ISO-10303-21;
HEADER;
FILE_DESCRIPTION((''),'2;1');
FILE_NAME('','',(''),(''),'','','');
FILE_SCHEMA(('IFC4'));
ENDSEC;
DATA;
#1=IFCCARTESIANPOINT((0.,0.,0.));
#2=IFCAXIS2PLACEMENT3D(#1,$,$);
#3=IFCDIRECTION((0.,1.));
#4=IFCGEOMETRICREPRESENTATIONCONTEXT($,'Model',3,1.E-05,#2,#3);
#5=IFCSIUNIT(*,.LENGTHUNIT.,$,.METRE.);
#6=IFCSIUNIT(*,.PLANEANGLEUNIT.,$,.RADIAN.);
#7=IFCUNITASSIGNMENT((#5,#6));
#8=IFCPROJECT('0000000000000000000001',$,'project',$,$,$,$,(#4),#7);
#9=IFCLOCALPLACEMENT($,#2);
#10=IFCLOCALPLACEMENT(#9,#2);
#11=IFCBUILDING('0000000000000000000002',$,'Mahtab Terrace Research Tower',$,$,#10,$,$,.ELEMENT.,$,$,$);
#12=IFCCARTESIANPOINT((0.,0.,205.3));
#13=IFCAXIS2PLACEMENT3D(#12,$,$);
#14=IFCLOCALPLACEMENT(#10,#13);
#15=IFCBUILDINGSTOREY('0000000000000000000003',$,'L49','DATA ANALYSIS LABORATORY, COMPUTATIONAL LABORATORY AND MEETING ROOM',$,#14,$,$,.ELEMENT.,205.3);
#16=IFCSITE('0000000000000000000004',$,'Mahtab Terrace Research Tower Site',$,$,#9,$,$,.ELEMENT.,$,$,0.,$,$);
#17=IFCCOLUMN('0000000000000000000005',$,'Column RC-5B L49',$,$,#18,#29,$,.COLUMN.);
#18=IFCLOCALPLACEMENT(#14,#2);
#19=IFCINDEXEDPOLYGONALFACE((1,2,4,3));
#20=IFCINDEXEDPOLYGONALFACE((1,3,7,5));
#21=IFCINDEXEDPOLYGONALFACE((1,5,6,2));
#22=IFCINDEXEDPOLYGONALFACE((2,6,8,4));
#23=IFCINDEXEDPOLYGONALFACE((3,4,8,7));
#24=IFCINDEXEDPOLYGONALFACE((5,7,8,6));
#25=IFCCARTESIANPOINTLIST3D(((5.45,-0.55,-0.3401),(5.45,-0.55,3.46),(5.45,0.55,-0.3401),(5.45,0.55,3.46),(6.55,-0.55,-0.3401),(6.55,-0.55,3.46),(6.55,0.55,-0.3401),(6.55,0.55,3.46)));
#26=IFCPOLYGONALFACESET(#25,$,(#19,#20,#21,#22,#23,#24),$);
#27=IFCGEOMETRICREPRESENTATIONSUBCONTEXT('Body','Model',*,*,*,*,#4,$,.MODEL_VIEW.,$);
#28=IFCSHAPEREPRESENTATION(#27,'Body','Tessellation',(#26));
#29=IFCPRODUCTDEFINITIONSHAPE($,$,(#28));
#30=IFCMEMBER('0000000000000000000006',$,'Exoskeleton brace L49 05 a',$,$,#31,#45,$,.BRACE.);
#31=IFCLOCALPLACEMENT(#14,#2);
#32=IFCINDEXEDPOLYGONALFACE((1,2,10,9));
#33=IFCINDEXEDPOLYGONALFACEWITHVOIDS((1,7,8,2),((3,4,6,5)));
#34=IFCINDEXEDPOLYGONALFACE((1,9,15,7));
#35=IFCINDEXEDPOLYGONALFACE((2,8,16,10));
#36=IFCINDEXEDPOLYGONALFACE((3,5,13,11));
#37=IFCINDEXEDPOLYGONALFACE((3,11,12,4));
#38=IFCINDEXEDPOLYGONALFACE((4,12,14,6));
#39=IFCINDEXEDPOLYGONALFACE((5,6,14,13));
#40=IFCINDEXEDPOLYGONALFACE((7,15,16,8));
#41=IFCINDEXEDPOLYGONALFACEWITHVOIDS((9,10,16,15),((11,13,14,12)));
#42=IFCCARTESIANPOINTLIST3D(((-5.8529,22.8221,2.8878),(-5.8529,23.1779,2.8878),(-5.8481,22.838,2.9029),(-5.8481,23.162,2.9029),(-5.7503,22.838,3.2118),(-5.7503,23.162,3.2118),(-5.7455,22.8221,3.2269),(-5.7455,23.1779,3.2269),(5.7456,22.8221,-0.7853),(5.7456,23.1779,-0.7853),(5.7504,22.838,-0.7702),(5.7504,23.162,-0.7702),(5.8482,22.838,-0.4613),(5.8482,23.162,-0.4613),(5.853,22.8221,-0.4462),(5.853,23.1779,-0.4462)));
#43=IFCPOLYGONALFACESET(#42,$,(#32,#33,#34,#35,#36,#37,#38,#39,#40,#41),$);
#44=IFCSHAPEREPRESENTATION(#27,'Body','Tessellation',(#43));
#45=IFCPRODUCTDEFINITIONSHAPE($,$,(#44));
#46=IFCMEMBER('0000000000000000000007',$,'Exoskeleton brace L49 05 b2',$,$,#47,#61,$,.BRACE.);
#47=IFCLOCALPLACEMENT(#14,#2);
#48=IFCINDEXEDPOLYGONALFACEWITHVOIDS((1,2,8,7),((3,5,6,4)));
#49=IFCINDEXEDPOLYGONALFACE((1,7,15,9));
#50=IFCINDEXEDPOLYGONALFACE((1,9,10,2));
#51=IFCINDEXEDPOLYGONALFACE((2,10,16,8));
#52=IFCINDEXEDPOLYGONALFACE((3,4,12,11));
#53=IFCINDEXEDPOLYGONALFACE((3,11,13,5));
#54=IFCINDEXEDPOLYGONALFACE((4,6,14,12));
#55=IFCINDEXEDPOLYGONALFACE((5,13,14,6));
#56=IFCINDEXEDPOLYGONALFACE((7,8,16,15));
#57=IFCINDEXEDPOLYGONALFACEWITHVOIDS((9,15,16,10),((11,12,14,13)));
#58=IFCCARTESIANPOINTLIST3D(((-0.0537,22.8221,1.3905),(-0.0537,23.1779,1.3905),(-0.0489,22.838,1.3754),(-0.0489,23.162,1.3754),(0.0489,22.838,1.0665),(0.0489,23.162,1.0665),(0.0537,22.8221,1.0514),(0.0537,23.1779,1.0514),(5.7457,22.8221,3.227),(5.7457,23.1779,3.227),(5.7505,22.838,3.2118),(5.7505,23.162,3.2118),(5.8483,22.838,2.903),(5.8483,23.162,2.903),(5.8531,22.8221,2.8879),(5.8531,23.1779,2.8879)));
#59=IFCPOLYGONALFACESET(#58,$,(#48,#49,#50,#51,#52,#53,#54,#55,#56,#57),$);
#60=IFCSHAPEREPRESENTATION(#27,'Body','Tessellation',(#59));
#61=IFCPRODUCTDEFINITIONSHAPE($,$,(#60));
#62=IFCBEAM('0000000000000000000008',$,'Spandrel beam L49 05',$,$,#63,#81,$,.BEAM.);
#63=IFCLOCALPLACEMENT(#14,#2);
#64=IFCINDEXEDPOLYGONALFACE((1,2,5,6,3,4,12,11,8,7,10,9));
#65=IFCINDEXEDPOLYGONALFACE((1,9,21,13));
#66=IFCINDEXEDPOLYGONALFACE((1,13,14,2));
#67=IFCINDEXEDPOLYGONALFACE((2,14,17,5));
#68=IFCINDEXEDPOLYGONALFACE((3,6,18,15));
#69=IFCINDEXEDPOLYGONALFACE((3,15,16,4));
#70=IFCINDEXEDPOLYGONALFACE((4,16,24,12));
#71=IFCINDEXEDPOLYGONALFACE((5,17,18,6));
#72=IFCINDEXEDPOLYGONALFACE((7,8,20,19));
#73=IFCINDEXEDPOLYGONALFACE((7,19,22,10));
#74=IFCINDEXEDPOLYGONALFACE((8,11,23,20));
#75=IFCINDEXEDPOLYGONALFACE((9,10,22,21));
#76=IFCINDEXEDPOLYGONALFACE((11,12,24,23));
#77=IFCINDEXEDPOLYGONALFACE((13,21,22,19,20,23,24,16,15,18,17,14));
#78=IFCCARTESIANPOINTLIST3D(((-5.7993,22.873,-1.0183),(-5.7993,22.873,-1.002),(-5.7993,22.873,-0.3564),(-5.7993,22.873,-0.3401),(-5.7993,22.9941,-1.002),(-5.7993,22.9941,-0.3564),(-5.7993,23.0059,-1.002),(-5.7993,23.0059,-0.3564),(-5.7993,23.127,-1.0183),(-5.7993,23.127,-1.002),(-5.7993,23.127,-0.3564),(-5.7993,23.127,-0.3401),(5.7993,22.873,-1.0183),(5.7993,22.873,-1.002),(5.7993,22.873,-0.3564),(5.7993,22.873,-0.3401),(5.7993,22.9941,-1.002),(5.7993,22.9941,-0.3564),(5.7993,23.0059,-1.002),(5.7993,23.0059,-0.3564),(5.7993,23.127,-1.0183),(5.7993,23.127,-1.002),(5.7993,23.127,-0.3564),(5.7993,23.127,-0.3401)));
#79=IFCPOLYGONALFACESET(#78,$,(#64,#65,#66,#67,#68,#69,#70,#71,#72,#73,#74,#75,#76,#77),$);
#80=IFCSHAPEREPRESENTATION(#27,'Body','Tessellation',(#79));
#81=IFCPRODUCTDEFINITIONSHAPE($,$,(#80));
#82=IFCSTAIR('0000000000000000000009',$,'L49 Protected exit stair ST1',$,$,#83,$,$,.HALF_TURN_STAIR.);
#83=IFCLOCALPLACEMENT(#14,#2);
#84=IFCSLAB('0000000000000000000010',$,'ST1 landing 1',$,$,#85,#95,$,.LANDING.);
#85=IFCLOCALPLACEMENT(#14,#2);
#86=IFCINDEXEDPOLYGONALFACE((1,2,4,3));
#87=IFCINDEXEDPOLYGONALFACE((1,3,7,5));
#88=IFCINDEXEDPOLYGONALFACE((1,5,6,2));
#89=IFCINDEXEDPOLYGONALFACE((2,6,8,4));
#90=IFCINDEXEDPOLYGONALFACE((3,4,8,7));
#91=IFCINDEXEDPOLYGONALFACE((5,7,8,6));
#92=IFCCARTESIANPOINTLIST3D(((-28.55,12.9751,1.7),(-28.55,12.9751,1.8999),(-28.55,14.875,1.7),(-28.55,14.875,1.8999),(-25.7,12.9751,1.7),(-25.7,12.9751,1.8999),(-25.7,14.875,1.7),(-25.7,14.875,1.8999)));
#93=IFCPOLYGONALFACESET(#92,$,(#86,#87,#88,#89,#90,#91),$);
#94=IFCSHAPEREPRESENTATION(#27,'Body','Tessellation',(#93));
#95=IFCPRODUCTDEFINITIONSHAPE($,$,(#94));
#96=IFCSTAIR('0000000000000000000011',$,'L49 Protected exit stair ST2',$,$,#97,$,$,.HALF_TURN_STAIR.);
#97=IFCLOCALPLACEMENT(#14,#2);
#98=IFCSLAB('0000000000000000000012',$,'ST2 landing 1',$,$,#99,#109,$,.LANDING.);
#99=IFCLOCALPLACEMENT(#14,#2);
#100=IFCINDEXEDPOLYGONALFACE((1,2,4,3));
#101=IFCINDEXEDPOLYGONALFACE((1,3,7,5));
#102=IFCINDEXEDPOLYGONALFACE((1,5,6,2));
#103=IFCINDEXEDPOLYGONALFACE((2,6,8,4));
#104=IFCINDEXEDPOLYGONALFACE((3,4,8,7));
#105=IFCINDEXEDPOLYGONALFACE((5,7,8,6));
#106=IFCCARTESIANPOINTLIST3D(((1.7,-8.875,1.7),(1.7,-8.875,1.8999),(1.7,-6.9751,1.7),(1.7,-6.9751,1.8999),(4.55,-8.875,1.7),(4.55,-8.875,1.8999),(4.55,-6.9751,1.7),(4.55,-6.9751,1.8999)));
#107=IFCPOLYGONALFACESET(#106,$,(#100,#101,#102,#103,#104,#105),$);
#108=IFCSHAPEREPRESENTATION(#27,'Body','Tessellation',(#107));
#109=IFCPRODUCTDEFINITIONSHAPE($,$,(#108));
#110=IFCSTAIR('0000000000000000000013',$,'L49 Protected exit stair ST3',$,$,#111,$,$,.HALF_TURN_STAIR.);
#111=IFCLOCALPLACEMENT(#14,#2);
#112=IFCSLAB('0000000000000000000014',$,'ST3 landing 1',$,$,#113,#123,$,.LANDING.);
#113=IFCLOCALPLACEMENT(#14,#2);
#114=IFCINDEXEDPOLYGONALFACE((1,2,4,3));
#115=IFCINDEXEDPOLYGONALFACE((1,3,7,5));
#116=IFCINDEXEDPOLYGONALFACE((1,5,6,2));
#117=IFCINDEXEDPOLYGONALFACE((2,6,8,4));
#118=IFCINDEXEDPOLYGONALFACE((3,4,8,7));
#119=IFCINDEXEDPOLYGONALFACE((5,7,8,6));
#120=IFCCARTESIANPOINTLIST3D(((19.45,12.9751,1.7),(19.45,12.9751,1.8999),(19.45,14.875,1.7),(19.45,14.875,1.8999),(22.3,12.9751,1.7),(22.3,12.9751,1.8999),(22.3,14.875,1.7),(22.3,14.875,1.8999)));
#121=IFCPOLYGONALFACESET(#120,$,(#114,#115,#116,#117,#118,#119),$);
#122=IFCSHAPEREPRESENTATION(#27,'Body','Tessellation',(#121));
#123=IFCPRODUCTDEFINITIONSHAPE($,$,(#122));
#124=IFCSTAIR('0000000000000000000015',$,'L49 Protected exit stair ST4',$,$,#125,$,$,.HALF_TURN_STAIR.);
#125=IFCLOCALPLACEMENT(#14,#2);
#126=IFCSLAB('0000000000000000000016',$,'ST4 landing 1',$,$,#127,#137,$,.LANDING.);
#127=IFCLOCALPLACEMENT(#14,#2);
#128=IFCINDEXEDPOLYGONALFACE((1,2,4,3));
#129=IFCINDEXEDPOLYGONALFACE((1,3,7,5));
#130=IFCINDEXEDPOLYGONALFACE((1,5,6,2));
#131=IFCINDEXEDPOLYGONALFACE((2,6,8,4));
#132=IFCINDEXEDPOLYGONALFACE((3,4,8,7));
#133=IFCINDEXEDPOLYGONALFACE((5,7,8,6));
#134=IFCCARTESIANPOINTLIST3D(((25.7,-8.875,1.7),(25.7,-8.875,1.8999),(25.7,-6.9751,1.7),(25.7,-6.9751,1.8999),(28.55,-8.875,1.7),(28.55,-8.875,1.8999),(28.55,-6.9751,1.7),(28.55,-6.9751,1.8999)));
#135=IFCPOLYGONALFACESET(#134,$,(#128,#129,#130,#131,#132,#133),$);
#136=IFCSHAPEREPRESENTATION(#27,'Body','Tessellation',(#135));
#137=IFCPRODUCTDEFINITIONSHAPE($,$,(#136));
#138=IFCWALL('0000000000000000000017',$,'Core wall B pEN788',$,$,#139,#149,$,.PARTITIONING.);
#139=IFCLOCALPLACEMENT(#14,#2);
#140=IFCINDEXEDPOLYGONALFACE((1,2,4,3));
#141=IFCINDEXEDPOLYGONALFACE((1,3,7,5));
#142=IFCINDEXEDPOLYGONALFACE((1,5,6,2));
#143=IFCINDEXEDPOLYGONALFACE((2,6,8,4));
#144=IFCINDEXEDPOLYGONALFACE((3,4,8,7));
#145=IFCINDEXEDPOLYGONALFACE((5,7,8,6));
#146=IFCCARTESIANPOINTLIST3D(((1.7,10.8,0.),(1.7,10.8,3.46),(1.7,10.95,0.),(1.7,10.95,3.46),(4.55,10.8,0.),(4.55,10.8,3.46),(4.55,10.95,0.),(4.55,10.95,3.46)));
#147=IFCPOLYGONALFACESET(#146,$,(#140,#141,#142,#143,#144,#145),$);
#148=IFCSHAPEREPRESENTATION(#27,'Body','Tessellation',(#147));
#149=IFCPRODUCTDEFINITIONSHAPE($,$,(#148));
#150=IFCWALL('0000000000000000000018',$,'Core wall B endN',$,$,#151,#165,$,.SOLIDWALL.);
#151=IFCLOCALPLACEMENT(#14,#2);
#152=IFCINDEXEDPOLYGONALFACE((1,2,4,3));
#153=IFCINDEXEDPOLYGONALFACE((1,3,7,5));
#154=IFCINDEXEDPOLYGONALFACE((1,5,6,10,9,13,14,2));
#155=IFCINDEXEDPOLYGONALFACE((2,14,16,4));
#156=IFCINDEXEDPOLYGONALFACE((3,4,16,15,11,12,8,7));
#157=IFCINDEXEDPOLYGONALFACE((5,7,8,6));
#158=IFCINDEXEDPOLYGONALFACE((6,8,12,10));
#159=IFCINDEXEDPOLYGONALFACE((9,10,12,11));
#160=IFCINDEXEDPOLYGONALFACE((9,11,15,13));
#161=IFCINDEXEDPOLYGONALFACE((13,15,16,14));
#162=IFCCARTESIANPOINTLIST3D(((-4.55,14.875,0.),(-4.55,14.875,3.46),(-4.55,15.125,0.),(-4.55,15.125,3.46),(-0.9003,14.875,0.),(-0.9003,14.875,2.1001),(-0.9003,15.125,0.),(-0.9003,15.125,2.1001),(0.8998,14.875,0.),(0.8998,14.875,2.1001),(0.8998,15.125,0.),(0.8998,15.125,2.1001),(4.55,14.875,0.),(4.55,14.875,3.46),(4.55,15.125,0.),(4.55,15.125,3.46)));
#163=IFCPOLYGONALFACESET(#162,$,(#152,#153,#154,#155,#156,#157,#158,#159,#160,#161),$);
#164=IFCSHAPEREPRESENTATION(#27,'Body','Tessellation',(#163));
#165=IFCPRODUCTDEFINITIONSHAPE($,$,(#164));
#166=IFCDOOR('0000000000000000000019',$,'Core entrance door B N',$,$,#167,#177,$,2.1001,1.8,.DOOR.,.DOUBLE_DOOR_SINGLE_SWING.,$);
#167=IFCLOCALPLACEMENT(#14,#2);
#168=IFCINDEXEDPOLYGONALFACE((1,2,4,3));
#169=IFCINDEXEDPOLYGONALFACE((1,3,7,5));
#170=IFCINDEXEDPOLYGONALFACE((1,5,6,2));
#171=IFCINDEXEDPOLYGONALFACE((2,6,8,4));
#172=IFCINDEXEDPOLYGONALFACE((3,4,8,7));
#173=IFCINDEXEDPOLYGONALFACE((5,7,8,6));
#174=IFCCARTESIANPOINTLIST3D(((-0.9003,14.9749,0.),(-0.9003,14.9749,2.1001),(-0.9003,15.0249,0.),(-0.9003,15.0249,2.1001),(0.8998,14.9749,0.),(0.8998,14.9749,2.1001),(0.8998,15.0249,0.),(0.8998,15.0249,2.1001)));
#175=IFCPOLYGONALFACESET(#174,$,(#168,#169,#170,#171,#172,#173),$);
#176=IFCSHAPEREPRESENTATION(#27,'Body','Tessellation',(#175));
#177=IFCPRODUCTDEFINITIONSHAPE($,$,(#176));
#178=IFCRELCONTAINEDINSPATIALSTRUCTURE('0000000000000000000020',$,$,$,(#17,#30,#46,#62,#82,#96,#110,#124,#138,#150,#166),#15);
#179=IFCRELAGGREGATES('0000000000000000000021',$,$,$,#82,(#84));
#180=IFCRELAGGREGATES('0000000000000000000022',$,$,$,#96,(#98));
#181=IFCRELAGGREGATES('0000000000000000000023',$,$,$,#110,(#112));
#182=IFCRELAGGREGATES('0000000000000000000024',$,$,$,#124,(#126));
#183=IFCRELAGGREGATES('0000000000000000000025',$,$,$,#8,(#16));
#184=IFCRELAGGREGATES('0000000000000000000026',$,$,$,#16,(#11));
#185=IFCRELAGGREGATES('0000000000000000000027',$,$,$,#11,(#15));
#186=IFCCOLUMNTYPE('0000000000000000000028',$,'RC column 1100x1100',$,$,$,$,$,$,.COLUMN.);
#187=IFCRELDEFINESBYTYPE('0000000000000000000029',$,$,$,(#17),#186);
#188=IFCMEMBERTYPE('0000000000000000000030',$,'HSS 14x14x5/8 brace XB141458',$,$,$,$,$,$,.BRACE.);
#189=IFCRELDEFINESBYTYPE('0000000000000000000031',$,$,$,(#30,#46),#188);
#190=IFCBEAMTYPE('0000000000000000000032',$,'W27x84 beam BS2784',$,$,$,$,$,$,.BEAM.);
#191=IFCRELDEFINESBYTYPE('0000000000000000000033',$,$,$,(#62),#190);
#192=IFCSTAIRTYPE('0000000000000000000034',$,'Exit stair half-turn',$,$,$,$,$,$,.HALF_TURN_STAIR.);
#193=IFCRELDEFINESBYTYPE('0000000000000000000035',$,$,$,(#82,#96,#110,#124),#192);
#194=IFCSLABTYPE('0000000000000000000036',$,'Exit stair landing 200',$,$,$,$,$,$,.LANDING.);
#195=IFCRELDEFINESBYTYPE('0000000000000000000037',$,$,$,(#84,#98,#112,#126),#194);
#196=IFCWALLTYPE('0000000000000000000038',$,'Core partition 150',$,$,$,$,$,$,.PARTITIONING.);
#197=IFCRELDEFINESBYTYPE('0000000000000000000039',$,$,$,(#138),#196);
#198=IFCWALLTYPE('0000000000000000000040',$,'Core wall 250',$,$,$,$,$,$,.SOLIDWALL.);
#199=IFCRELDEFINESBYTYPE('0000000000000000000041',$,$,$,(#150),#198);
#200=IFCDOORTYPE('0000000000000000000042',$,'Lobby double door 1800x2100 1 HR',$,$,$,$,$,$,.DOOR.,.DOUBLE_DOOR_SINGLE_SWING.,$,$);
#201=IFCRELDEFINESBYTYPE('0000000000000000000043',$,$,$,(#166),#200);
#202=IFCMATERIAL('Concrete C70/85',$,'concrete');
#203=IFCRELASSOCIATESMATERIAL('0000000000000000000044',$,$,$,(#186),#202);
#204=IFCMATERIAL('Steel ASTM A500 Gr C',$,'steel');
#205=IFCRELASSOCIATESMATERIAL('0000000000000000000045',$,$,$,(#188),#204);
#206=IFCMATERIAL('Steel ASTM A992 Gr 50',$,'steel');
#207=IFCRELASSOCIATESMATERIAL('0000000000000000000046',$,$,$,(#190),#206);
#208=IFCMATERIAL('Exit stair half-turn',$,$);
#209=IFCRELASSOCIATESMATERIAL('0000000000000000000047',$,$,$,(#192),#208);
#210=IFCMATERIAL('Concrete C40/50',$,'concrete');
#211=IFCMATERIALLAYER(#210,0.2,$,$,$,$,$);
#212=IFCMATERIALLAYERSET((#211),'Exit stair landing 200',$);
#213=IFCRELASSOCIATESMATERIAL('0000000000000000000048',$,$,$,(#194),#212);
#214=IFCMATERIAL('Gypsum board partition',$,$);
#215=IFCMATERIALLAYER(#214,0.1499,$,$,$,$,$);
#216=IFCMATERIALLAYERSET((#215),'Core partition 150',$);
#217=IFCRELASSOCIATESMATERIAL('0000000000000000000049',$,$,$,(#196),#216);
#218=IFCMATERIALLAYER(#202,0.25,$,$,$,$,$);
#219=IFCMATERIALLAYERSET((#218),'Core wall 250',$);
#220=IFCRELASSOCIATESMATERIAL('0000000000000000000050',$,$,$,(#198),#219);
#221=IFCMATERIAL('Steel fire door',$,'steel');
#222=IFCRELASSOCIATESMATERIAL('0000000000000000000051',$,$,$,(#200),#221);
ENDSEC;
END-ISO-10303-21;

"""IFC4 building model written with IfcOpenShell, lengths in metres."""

from ifc_helpers import new_model, si_unit, direction, frame, frame_2d, origin, origin_2d, place, context, subcontext, project, spatial, polyline, rectangle, hollow_rectangle, i_section, outline, extrude, material, layer, layer_set, material_profile, profile_set, type_object, element, fill, aggregate, save


model = new_model("IFC4")

# Units and contexts
model_context = context("Model", 3, precision=1e-05, world=origin(), true_north=direction((0.0, 1.0)))
body_context = subcontext(model_context, "Body", "Model", "MODEL_VIEW")
ifc_project = project(units=[si_unit("LENGTHUNIT", "METRE"), si_unit("PLANEANGLEUNIT", "RADIAN")], contexts=[model_context])

# Site, building, storey
site_placement = place(None, origin())
site = spatial("IfcSite", under=ifc_project, at=site_placement, Name="Mahtab Terrace Research Tower Site", CompositionType="ELEMENT", RefElevation=0.0)
building_placement = place(site_placement, origin())
building = spatial("IfcBuilding", under=site, at=building_placement, Name="Mahtab Terrace Research Tower", CompositionType="ELEMENT")
storey_placement = place(building_placement, frame((0.0, 0.0, 205.3)))
storey = spatial("IfcBuildingStorey", under=building, at=storey_placement, Name="L49", Description="DATA ANALYSIS LABORATORY, COMPUTATIONAL LABORATORY AND MEETING ROOM", CompositionType="ELEMENT", Elevation=205.3)

# Column
ifc_material_1 = material(Name="Concrete C70/85", Category="concrete")
ifc_material_profile_1 = material_profile(ifc_material_1, rectangle(XDim=1.1001, YDim=1.1001, at=origin_2d()), Name="RC column 1100x1100")
ifc_profile_set_1 = profile_set([ifc_material_profile_1], Name="Concrete C70/85")
column_type = type_object("IfcColumnType", Name="RC column 1100x1100", PredefinedType="COLUMN", material=ifc_profile_set_1)
column_placement = place(storey_placement, frame((6.0, 0.0, -0.3401), z_axis=(0.0, 0.0, 1.0), x_axis=(1.0, 0.0, 0.0)))
element("IfcColumn", 1, at=column_placement, inside=storey, type_object=column_type, Name="Column RC-5B L49", PredefinedType="COLUMN", context=body_context, shape_type="SweptSolid", body=[
    extrude(rectangle(XDim=1.1001, YDim=1.1001, at=origin_2d()), origin(), (0.0, 0.0, 1.0), 3.8),
])

# Members
ifc_material_2 = material(Name="Steel ASTM A500 Gr C", Category="steel")
ifc_material_profile_2 = material_profile(ifc_material_2, hollow_rectangle(XDim=0.3557, YDim=0.3557, WallThickness=0.0159, at=origin_2d()), Name="HSS14X14X5/8")
ifc_profile_set_2 = profile_set([ifc_material_profile_2], Name="Steel ASTM A500 Gr C")
member_type = type_object("IfcMemberType", Name="HSS 14x14x5/8 brace XB141458", PredefinedType="BRACE", material=ifc_profile_set_2)
member_1_placement = place(storey_placement, frame((5.7993, 23.0, -0.6157), z_axis=(-0.953338, 0.0, 0.301906), x_axis=(0.0, -1.0, 0.0)))
element("IfcMember", 2, at=member_1_placement, inside=storey, type_object=member_type, Name="Exoskeleton brace L49 05 a", PredefinedType="BRACE", context=body_context, shape_type="SweptSolid", body=[
    extrude(hollow_rectangle(XDim=0.3557, YDim=0.3557, WallThickness=0.0159, at=origin_2d()), origin(), (0.0, 0.0, 1.0), 12.1663),
])
member_2_placement = place(storey_placement, frame((0.0, 23.0, 1.2209), z_axis=(0.953343, 0.0, 0.301888), x_axis=(0.0, 1.0, 0.0)))
element("IfcMember", 3, at=member_2_placement, inside=storey, type_object=member_type, Name="Exoskeleton brace L49 05 b2", PredefinedType="BRACE", context=body_context, shape_type="SweptSolid", body=[
    extrude(hollow_rectangle(XDim=0.3557, YDim=0.3557, WallThickness=0.0159, at=origin_2d()), origin(), (0.0, 0.0, 1.0), 6.0833),
])

# Beam
ifc_material_3 = material(Name="Steel ASTM A992 Gr 50", Category="steel")
ifc_material_profile_3 = material_profile(ifc_material_3, i_section(OverallWidth=0.2539, OverallDepth=0.6782, WebThickness=0.0117, FlangeThickness=0.0164, at=origin_2d()), Name="W27X84")
ifc_profile_set_3 = profile_set([ifc_material_profile_3], Name="Steel ASTM A992 Gr 50")
beam_type = type_object("IfcBeamType", Name="W27x84 beam BS2784", PredefinedType="BEAM", material=ifc_profile_set_3)
beam_placement = place(storey_placement, frame((5.7993, 23.0, -0.6792), z_axis=(-1.0, 0.0, 0.0), x_axis=(0.0, -1.0, 0.0)))
element("IfcBeam", 4, at=beam_placement, inside=storey, type_object=beam_type, Name="Spandrel beam L49 05", PredefinedType="BEAM", context=body_context, shape_type="SweptSolid", body=[
    extrude(i_section(OverallWidth=0.2539, OverallDepth=0.6782, WebThickness=0.0117, FlangeThickness=0.0164, at=origin_2d()), origin(), (0.0, 0.0, 1.0), 11.5986),
])

# Stairs, slabs
ifc_material_4 = material(Name="Exit stair half-turn")
stair_type = type_object("IfcStairType", Name="Exit stair half-turn", PredefinedType="HALF_TURN_STAIR", material=ifc_material_4)
stair_1_placement = place(storey_placement, origin())
stair_1 = element("IfcStair", 5, at=stair_1_placement, inside=storey, type_object=stair_type, Name="L49 Protected exit stair ST1", PredefinedType="HALF_TURN_STAIR")
ifc_material_5 = material(Name="Concrete C40/50", Category="concrete")
ifc_layer_1 = layer(ifc_material_5, 0.2)
ifc_layer_set_1 = layer_set([ifc_layer_1], Name="Exit stair landing 200")
slab_type = type_object("IfcSlabType", Name="Exit stair landing 200", PredefinedType="LANDING", material=ifc_layer_set_1)
slab_1_placement = place(storey_placement, frame((0.0, 0.0, 1.7)))
slab_1 = element("IfcSlab", 6, at=slab_1_placement, type_object=slab_type, Name="ST1 landing 1", PredefinedType="LANDING", context=body_context, shape_type="SweptSolid", body=[
    extrude(outline(polyline([(-25.7, 12.9751), (-25.7, 14.875), (-28.55, 14.875), (-28.55, 12.9751), (-25.7, 12.9751)])), origin(), (0.0, 0.0, 1.0), 0.2),
])
aggregate(stair_1, [slab_1])
stair_2_placement = place(storey_placement, origin())
stair_2 = element("IfcStair", 7, at=stair_2_placement, inside=storey, type_object=stair_type, Name="L49 Protected exit stair ST2", PredefinedType="HALF_TURN_STAIR")
slab_2_placement = place(storey_placement, frame((0.0, 0.0, 1.7)))
slab_2 = element("IfcSlab", 8, at=slab_2_placement, type_object=slab_type, Name="ST2 landing 1", PredefinedType="LANDING", context=body_context, shape_type="SweptSolid", body=[
    extrude(outline(polyline([(1.7, -6.9751), (1.7, -8.875), (4.55, -8.875), (4.55, -6.9751), (1.7, -6.9751)])), origin(), (0.0, 0.0, 1.0), 0.2),
])
aggregate(stair_2, [slab_2])
stair_3_placement = place(storey_placement, origin())
stair_3 = element("IfcStair", 9, at=stair_3_placement, inside=storey, type_object=stair_type, Name="L49 Protected exit stair ST3", PredefinedType="HALF_TURN_STAIR")
slab_3_placement = place(storey_placement, frame((0.0, 0.0, 1.7)))
slab_3 = element("IfcSlab", 10, at=slab_3_placement, type_object=slab_type, Name="ST3 landing 1", PredefinedType="LANDING", context=body_context, shape_type="SweptSolid", body=[
    extrude(outline(polyline([(22.3, 12.9751), (22.3, 14.875), (19.45, 14.875), (19.45, 12.9751), (22.3, 12.9751)])), origin(), (0.0, 0.0, 1.0), 0.2),
])
aggregate(stair_3, [slab_3])
stair_4_placement = place(storey_placement, origin())
stair_4 = element("IfcStair", 11, at=stair_4_placement, inside=storey, type_object=stair_type, Name="L49 Protected exit stair ST4", PredefinedType="HALF_TURN_STAIR")
slab_4_placement = place(storey_placement, frame((0.0, 0.0, 1.7)))
slab_4 = element("IfcSlab", 12, at=slab_4_placement, type_object=slab_type, Name="ST4 landing 1", PredefinedType="LANDING", context=body_context, shape_type="SweptSolid", body=[
    extrude(outline(polyline([(25.7, -6.9751), (25.7, -8.875), (28.55, -8.875), (28.55, -6.9751), (25.7, -6.9751)])), origin(), (0.0, 0.0, 1.0), 0.2),
])
aggregate(stair_4, [slab_4])

# Wall
ifc_material_6 = material(Name="Gypsum board partition")
ifc_layer_2 = layer(ifc_material_6, 0.1499)
ifc_layer_set_2 = layer_set([ifc_layer_2], Name="Core partition 150")
wall_type_1 = type_object("IfcWallType", Name="Core partition 150", PredefinedType="PARTITIONING", material=ifc_layer_set_2)
wall_1_placement = place(storey_placement, frame((1.7, 10.875, 0.0), z_axis=(0.0, 0.0, 1.0), x_axis=(1.0, 0.0, 0.0)))
element("IfcWall", 13, at=wall_1_placement, inside=storey, type_object=wall_type_1, Name="Core wall B pEN788", PredefinedType="PARTITIONING", context=body_context, shape_type="SweptSolid", body=[
    extrude(rectangle(XDim=2.8501, YDim=0.1499, at=frame_2d((1.425, 0.0))), origin(), (0.0, 0.0, 1.0), 3.46),
])

# Wall, opening, door
ifc_layer_3 = layer(ifc_material_1, 0.25)
ifc_layer_set_3 = layer_set([ifc_layer_3], Name="Core wall 250")
wall_type_2 = type_object("IfcWallType", Name="Core wall 250", PredefinedType="SOLIDWALL", material=ifc_layer_set_3)
wall_2_placement = place(storey_placement, frame((-4.55, 15.0, 0.0), z_axis=(0.0, 0.0, 1.0), x_axis=(1.0, 0.0, 0.0)))
wall_2 = element("IfcWall", 14, at=wall_2_placement, inside=storey, type_object=wall_type_2, Name="Core wall B endN", PredefinedType="SOLIDWALL", context=body_context, shape_type="SweptSolid", body=[
    extrude(rectangle(XDim=9.1001, YDim=0.25, at=frame_2d((4.55, 0.0))), origin(), (0.0, 0.0, 1.0), 3.46),
])
opening_1_placement = place(wall_2_placement, frame((3.6499, 0.0, 0.0)))
opening_1 = element("IfcOpeningElement", 15, at=opening_1_placement, cuts=wall_2, PredefinedType="OPENING", context=body_context, shape_type="SweptSolid", body=[
    extrude(rectangle(XDim=1.8, YDim=2.1001, at=frame_2d((0.8999, 1.05))), frame((0.0, 0.135, 0.0), z_axis=(0.0, -1.0, 0.0), x_axis=(1.0, 0.0, 0.0)), (0.0, 0.0, 1.0), 0.27),
])
ifc_material_7 = material(Name="Steel fire door", Category="steel")
door_type_1 = type_object("IfcDoorType", Name="Lobby double door 1800x2100 1 HR", OperationType="DOUBLE_DOOR_SINGLE_SWING", PredefinedType="DOOR", material=ifc_material_7)
door_1_placement = place(opening_1_placement, origin())
door_1 = element("IfcDoor", 16, at=door_1_placement, inside=storey, type_object=door_type_1, Name="Core entrance door B N", OperationType="DOUBLE_DOOR_SINGLE_SWING", OverallHeight=2.1001, OverallWidth=1.8, PredefinedType="DOOR", context=body_context, shape_type="SweptSolid", body=[
    extrude(rectangle(XDim=1.8, YDim=2.1001, at=frame_2d((0.8999, 1.05))), frame((0.0, 0.0249, 0.0), z_axis=(0.0, -1.0, 0.0), x_axis=(1.0, 0.0, 0.0)), (0.0, 0.0, 1.0), 0.05),
])
fill(opening_1, door_1)

save(model, "model.ifc")
